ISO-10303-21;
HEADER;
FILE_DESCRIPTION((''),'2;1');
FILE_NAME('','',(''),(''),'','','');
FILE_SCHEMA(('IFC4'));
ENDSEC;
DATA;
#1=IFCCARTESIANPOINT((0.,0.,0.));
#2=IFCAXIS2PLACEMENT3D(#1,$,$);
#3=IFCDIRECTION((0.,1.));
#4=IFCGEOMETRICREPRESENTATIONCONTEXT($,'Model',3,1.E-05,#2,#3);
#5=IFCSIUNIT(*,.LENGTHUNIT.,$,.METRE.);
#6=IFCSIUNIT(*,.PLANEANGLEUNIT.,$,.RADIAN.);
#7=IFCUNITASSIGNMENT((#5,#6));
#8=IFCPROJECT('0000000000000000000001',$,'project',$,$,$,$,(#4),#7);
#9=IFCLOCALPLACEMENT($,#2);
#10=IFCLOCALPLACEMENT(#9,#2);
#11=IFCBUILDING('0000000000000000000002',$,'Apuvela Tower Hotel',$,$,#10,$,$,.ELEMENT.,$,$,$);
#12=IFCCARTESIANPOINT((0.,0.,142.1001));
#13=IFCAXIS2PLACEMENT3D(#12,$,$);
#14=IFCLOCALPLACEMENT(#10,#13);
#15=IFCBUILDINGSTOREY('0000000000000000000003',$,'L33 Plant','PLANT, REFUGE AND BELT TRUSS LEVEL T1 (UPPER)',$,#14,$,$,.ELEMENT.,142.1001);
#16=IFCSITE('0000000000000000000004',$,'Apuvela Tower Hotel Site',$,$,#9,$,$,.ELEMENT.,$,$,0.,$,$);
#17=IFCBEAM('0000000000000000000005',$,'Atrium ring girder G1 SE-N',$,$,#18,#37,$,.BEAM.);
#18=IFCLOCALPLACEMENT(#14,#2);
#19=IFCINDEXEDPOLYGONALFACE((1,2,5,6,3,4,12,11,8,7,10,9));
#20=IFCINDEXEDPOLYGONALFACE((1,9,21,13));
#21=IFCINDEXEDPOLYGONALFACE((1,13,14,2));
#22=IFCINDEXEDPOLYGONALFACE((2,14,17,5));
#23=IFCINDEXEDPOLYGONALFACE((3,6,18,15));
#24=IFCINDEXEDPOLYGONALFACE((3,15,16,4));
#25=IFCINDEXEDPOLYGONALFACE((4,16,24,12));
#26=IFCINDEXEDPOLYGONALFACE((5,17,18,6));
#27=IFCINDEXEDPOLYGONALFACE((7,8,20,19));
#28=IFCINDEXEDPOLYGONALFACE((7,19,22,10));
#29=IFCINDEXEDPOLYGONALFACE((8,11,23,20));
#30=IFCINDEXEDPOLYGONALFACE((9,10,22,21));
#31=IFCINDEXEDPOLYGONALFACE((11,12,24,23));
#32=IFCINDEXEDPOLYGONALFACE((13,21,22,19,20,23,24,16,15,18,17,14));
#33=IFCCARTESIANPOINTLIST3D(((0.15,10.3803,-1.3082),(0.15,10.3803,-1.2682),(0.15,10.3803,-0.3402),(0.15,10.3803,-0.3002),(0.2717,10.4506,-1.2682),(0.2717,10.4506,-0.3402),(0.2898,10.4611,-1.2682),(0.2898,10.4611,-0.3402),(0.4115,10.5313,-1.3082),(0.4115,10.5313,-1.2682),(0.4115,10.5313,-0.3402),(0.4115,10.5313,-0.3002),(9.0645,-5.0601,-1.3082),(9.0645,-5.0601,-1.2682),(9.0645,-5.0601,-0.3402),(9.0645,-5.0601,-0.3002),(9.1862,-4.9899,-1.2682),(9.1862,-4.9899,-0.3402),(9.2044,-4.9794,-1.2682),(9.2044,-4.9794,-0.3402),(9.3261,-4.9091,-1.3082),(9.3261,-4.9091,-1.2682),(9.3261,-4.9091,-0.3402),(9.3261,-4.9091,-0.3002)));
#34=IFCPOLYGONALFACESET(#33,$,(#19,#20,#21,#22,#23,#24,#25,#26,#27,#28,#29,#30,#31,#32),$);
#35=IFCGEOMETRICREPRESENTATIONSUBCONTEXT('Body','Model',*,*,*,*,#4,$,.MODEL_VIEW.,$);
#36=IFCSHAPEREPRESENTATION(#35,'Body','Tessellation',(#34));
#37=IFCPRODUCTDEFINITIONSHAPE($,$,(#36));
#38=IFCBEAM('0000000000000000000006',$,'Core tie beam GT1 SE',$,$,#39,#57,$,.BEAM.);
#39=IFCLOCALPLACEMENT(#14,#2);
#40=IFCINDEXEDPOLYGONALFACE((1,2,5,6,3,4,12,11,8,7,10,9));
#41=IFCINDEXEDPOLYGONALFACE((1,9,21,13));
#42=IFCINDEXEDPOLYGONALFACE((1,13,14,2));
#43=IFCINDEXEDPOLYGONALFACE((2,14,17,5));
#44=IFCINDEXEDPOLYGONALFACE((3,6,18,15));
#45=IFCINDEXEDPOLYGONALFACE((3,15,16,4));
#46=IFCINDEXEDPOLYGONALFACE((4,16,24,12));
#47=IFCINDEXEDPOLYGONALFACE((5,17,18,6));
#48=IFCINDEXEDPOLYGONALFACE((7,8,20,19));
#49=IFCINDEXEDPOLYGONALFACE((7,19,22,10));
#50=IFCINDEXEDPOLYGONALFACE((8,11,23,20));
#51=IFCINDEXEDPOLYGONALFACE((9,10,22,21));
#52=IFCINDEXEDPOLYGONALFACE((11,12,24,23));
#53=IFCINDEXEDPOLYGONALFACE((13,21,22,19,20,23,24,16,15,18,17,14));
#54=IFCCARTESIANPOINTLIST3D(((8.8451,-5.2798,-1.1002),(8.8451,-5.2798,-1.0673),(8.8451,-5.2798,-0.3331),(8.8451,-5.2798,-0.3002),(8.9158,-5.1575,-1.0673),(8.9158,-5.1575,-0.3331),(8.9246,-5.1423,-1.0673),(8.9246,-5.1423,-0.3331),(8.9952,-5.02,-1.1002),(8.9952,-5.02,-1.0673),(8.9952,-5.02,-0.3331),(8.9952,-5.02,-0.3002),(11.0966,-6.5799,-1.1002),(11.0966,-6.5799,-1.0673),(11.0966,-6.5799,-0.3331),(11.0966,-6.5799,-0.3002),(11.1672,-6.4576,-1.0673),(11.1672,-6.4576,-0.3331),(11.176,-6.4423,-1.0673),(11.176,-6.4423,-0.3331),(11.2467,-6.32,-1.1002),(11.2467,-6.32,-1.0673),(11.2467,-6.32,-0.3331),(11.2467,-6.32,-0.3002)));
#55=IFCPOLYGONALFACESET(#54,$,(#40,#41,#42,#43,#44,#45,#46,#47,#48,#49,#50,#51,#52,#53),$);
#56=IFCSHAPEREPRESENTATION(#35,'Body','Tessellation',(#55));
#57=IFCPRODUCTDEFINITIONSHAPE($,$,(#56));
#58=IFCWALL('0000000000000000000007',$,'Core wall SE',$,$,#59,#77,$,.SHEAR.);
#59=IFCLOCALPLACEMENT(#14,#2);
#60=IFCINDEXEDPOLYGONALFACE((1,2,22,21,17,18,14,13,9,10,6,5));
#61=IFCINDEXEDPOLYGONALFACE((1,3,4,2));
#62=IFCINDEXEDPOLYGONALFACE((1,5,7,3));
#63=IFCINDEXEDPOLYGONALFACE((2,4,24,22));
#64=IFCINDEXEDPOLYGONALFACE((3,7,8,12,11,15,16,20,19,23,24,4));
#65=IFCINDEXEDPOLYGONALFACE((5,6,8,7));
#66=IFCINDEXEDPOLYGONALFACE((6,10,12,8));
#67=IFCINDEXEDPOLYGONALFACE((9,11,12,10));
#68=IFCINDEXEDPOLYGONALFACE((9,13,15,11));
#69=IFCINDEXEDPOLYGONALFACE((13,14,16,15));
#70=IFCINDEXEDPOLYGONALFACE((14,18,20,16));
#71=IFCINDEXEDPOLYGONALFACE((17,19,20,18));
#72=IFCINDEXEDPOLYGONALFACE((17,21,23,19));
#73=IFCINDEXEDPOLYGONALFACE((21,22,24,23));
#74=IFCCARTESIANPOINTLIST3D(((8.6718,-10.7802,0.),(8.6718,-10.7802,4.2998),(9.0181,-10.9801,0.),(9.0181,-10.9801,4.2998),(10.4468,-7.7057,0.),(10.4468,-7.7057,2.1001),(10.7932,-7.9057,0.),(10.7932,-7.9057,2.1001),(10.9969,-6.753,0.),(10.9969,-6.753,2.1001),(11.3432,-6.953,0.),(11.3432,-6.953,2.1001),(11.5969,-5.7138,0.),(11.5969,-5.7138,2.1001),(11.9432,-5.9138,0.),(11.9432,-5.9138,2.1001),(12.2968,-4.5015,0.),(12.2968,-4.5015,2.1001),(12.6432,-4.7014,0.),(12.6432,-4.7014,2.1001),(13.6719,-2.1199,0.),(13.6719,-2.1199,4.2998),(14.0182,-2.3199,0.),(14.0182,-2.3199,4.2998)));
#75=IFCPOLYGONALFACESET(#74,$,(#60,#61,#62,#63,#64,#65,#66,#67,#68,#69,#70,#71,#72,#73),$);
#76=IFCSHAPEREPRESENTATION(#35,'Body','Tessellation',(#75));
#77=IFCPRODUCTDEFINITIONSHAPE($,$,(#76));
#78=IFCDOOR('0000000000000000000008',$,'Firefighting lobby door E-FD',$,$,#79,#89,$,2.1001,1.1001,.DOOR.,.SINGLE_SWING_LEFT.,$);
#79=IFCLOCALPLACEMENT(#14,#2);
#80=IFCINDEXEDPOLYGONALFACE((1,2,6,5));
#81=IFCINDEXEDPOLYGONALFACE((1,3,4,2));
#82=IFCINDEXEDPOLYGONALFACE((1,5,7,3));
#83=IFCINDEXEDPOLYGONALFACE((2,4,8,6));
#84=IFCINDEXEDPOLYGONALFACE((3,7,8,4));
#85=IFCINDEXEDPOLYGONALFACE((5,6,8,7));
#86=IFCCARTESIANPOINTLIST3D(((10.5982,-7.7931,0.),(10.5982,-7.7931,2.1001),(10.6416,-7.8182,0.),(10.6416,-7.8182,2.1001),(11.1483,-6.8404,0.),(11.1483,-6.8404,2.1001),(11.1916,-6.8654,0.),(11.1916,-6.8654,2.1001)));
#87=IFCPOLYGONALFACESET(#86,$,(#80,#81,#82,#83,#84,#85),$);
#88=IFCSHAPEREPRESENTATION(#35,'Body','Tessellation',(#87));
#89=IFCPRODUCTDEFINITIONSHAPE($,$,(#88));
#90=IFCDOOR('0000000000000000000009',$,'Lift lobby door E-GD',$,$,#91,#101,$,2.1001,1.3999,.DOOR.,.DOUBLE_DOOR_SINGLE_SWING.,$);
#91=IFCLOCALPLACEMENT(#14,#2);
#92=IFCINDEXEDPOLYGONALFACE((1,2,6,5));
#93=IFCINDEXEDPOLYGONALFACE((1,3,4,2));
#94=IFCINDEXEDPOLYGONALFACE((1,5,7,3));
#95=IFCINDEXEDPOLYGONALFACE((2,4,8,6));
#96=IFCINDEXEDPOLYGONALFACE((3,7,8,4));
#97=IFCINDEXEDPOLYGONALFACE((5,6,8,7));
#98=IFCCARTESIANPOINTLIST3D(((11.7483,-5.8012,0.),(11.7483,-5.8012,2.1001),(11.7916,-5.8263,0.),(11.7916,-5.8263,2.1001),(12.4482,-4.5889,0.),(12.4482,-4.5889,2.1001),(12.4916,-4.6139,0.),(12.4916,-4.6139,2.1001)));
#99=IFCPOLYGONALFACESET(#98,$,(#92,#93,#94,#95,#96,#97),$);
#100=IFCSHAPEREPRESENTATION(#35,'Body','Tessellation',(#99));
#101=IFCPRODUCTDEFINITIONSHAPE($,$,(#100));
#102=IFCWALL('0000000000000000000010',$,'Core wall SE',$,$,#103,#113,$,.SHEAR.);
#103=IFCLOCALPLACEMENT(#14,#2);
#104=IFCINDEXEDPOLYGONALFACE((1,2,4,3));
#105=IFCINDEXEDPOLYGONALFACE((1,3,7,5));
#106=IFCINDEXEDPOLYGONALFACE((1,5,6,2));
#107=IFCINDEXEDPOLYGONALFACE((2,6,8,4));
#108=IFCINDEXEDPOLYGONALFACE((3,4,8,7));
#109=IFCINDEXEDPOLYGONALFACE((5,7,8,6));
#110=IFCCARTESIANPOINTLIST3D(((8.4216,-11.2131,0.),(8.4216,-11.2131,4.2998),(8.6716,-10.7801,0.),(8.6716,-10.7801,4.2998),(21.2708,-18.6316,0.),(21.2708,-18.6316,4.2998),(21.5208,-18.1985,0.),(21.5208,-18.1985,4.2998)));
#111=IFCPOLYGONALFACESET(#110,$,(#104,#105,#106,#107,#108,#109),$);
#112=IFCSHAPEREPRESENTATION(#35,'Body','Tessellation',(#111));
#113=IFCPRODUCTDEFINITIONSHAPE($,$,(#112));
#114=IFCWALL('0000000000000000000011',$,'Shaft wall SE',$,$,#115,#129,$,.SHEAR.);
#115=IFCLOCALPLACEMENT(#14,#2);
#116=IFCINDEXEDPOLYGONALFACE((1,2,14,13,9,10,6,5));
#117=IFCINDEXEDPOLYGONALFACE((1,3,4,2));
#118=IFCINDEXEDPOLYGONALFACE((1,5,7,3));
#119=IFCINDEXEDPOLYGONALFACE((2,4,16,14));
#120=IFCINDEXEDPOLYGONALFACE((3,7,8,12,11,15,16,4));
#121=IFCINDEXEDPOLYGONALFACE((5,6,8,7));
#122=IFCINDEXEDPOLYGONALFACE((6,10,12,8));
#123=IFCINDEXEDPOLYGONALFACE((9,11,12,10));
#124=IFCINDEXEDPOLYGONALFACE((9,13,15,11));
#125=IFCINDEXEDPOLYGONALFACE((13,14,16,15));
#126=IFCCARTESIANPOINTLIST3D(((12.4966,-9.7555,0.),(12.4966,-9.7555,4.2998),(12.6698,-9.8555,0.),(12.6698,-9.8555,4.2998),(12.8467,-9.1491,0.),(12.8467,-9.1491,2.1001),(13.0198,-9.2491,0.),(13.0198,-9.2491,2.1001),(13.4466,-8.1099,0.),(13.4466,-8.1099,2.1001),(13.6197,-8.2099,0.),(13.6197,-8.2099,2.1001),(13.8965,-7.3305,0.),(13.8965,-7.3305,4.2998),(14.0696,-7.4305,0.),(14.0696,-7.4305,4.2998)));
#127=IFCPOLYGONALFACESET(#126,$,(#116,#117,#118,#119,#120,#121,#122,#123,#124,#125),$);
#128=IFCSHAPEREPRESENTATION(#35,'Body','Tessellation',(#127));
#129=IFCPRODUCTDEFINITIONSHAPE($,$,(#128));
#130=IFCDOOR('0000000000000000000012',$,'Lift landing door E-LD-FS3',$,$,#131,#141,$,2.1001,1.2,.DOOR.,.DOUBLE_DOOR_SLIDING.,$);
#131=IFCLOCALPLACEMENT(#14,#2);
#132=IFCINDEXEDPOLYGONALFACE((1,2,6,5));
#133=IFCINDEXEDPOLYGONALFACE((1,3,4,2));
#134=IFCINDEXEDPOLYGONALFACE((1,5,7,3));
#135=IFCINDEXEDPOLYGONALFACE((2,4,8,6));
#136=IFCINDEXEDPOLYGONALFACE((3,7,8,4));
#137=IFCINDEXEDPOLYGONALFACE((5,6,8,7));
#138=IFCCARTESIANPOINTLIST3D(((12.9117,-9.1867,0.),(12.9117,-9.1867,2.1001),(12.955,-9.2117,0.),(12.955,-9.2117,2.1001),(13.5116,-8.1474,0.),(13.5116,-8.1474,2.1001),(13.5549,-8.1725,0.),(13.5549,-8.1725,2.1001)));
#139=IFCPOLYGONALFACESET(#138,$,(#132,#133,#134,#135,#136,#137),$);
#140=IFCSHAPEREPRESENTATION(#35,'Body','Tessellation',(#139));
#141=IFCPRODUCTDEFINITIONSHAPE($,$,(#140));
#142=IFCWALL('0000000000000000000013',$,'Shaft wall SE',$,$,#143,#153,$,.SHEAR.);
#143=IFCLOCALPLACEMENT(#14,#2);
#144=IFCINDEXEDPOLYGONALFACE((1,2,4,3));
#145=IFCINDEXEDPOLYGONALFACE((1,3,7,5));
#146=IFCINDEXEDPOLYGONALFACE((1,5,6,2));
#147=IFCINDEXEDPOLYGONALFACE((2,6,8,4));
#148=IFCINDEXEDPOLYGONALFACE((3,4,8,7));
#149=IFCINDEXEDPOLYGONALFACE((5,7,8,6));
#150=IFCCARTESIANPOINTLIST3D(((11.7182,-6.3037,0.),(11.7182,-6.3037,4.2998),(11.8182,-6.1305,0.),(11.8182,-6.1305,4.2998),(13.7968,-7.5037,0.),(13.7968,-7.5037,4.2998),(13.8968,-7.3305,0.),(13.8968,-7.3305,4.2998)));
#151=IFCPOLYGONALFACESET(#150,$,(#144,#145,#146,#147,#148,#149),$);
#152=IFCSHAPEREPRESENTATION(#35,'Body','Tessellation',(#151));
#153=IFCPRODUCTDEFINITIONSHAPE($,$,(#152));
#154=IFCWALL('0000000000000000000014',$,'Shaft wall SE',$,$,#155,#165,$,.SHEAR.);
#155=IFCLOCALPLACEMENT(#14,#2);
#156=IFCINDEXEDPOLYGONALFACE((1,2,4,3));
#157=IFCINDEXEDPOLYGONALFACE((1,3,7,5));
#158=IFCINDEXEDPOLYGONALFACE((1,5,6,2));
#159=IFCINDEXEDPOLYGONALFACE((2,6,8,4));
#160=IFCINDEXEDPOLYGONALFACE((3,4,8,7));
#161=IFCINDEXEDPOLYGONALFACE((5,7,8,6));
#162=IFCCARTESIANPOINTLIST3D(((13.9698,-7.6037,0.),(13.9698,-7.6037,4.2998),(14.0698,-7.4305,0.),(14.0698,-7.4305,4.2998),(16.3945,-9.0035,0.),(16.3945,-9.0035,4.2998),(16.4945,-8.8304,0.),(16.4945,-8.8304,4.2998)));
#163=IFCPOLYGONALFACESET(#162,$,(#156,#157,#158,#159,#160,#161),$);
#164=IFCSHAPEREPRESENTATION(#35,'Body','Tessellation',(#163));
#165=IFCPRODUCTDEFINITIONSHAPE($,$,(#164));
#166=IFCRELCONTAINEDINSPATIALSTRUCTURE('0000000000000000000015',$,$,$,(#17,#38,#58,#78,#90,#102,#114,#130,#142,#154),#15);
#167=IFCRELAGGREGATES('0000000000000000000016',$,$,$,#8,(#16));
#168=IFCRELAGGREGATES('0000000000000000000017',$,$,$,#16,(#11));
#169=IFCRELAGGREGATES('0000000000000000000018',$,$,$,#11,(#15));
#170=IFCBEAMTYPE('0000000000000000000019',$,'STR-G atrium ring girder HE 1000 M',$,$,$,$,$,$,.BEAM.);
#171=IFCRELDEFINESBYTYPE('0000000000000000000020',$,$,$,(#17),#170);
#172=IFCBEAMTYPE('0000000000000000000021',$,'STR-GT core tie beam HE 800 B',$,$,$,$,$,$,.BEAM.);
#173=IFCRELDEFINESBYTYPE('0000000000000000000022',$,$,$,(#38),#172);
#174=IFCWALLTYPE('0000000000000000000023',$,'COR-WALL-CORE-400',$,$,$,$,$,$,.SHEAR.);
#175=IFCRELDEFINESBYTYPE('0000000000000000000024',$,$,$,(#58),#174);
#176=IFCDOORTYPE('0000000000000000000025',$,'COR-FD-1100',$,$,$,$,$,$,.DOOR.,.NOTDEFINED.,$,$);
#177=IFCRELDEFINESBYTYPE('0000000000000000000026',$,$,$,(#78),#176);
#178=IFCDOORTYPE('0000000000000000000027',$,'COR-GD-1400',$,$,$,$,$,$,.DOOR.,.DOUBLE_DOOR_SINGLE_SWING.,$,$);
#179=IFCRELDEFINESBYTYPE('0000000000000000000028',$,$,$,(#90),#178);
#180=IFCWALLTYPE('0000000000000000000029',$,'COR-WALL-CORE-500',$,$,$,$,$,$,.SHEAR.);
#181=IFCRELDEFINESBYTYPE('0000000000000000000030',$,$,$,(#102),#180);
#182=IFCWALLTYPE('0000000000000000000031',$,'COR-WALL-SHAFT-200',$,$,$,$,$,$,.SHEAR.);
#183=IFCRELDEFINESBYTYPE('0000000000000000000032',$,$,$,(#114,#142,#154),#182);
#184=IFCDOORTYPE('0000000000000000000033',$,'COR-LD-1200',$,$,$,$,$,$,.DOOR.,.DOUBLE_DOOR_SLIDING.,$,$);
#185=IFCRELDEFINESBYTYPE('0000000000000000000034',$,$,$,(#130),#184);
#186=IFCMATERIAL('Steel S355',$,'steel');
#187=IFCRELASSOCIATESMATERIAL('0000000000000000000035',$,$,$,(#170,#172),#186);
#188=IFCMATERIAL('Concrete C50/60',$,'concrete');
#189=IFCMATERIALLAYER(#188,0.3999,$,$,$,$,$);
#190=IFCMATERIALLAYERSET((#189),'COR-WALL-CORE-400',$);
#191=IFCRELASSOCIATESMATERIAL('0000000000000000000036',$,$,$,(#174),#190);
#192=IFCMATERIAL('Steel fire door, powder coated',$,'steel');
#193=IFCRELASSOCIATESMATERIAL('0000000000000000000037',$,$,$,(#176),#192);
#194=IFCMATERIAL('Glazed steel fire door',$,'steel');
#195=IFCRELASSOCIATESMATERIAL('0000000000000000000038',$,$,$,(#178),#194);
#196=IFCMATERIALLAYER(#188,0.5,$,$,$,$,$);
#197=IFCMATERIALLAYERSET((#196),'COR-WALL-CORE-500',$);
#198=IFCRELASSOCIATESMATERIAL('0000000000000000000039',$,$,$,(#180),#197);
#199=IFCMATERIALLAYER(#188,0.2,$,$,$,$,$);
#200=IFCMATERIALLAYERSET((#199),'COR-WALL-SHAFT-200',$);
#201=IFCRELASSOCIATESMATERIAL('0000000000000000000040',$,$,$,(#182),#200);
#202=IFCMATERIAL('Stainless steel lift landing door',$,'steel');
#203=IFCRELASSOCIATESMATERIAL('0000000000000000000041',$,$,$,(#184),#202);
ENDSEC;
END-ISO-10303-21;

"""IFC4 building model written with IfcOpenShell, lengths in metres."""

from ifc_helpers import new_model, si_unit, direction, frame, frame_2d, origin, origin_2d, place, context, subcontext, project, spatial, rectangle, i_section, extrude, material, layer, layer_set, material_profile, profile_set, type_object, element, fill, save


model = new_model("IFC4")

# Units and contexts
model_context = context("Model", 3, precision=1e-05, world=origin(), true_north=direction((0.0, 1.0)))
body_context = subcontext(model_context, "Body", "Model", "MODEL_VIEW")
ifc_project = project(units=[si_unit("LENGTHUNIT", "METRE"), si_unit("PLANEANGLEUNIT", "RADIAN")], contexts=[model_context])

# Site, building, storey
site_placement = place(None, origin())
site = spatial("IfcSite", under=ifc_project, at=site_placement, Name="Apuvela Tower Hotel Site", CompositionType="ELEMENT", RefElevation=0.0)
building_placement = place(site_placement, origin())
building = spatial("IfcBuilding", under=site, at=building_placement, Name="Apuvela Tower Hotel", CompositionType="ELEMENT")
storey_placement = place(building_placement, frame((0.0, 0.0, 142.1001)))
storey = spatial("IfcBuildingStorey", under=building, at=storey_placement, Name="L33 Plant", Description="PLANT, REFUGE AND BELT TRUSS LEVEL T1 (UPPER)", CompositionType="ELEMENT", Elevation=142.1001)

# Beams
ifc_material_1 = material(Name="Steel S355", Category="steel")
ifc_material_profile_1 = material_profile(ifc_material_1, i_section(OverallWidth=0.302, OverallDepth=1.0081, WebThickness=0.021, FlangeThickness=0.04, at=origin_2d()), Name="HE 1000 M")
ifc_profile_set_1 = profile_set([ifc_material_profile_1], Name="Steel S355")
beam_type_1 = type_object("IfcBeamType", Name="STR-G atrium ring girder HE 1000 M", PredefinedType="BEAM", material=ifc_profile_set_1)
beam_1_placement = place(storey_placement, frame((9.1953, -4.9846, -0.8042), z_axis=(-0.500001, 0.866025, 0.0), x_axis=(-0.866025, -0.500001, 0.0)))
element("IfcBeam", 1, at=beam_1_placement, inside=storey, type_object=beam_type_1, Name="Atrium ring girder G1 SE-N", PredefinedType="BEAM", context=body_context, shape_type="SweptSolid", body=[
    extrude(i_section(OverallWidth=0.302, OverallDepth=1.0081, WebThickness=0.021, FlangeThickness=0.04, at=origin_2d()), origin(), (0.0, 0.0, 1.0), 17.8291),
])
ifc_material_profile_2 = material_profile(ifc_material_1, i_section(OverallWidth=0.3, OverallDepth=0.8, WebThickness=0.0176, FlangeThickness=0.033, at=origin_2d()), Name="HE 800 B")
ifc_profile_set_2 = profile_set([ifc_material_profile_2], Name="Steel S355")
beam_type_2 = type_object("IfcBeamType", Name="STR-GT core tie beam HE 800 B", PredefinedType="BEAM", material=ifc_profile_set_2)
beam_2_placement = place(storey_placement, frame((11.1716, -6.45, -0.7002), z_axis=(-0.865998, 0.500048, 0.0), x_axis=(-0.500048, -0.865998, 0.0)))
element("IfcBeam", 2, at=beam_2_placement, inside=storey, type_object=beam_type_2, Name="Core tie beam GT1 SE", PredefinedType="BEAM", context=body_context, shape_type="SweptSolid", body=[
    extrude(i_section(OverallWidth=0.3, OverallDepth=0.8, WebThickness=0.0176, FlangeThickness=0.033, at=origin_2d()), origin(), (0.0, 0.0, 1.0), 2.5999),
])

# Wall, openings, doors
ifc_material_2 = material(Name="Concrete C50/60", Category="concrete")
ifc_layer_1 = layer(ifc_material_2, 0.3999)
ifc_layer_set_1 = layer_set([ifc_layer_1], Name="COR-WALL-CORE-400")
wall_type_1 = type_object("IfcWallType", Name="COR-WALL-CORE-400", PredefinedType="SHEAR", material=ifc_layer_set_1)
wall_1_placement = place(storey_placement, frame((8.845, -10.8801, 0.0), z_axis=(0.0, 0.0, 1.0), x_axis=(0.500004, 0.866023, 0.0)))
wall_1 = element("IfcWall", 3, at=wall_1_placement, inside=storey, type_object=wall_type_1, Name="Core wall SE", PredefinedType="SHEAR", context=body_context, shape_type="SweptSolid", body=[
    extrude(rectangle(XDim=10.0, YDim=0.3999, at=frame_2d((5.0, 0.0))), origin(), (0.0, 0.0, 1.0), 4.2998),
])
opening_1_placement = place(wall_1_placement, frame((3.55, 0.0, 0.0)))
opening_1 = element("IfcOpeningElement", 4, at=opening_1_placement, cuts=wall_1, PredefinedType="OPENING", context=body_context, shape_type="SweptSolid", body=[
    extrude(rectangle(XDim=1.1001, YDim=2.1001, at=frame_2d((0.55, 1.05))), frame((0.0, 0.21, 0.0), z_axis=(0.0, -1.0, 0.0), x_axis=(1.0, 0.0, 0.0)), (0.0, 0.0, 1.0), 0.4199),
])
opening_2_placement = place(wall_1_placement, frame((5.8501, 0.0, 0.0)))
opening_2 = element("IfcOpeningElement", 5, at=opening_2_placement, cuts=wall_1, PredefinedType="OPENING", context=body_context, shape_type="SweptSolid", body=[
    extrude(rectangle(XDim=1.3999, YDim=2.1001, at=frame_2d((0.7, 1.05))), frame((0.0, 0.21, 0.0), z_axis=(0.0, -1.0, 0.0), x_axis=(1.0, 0.0, 0.0)), (0.0, 0.0, 1.0), 0.4199),
])
ifc_material_3 = material(Name="Steel fire door, powder coated", Category="steel")
door_type_1 = type_object("IfcDoorType", Name="COR-FD-1100", OperationType="NOTDEFINED", PredefinedType="DOOR", material=ifc_material_3)
door_1_placement = place(opening_1_placement, frame((1.1001, 0.0, 0.0), z_axis=(0.0, 0.0, 1.0), x_axis=(-1.0, 0.0, 0.0)))
door_1 = element("IfcDoor", 6, at=door_1_placement, inside=storey, type_object=door_type_1, Name="Firefighting lobby door E-FD", OperationType="SINGLE_SWING_LEFT", OverallHeight=2.1001, OverallWidth=1.1001, PredefinedType="DOOR", context=body_context, shape_type="SweptSolid", body=[
    extrude(rectangle(XDim=1.1001, YDim=2.1001, at=frame_2d((0.55, 1.05))), frame((0.0, 0.0249, 0.0), z_axis=(0.0, -1.0, 0.0), x_axis=(1.0, 0.0, 0.0)), (0.0, 0.0, 1.0), 0.05),
])
fill(opening_1, door_1)
ifc_material_4 = material(Name="Glazed steel fire door", Category="steel")
door_type_2 = type_object("IfcDoorType", Name="COR-GD-1400", OperationType="DOUBLE_DOOR_SINGLE_SWING", PredefinedType="DOOR", material=ifc_material_4)
door_2_placement = place(opening_2_placement, frame((1.3999, 0.0, 0.0), z_axis=(0.0, 0.0, 1.0), x_axis=(-1.0, 0.0, 0.0)))
door_2 = element("IfcDoor", 7, at=door_2_placement, inside=storey, type_object=door_type_2, Name="Lift lobby door E-GD", OperationType="DOUBLE_DOOR_SINGLE_SWING", OverallHeight=2.1001, OverallWidth=1.3999, PredefinedType="DOOR", context=body_context, shape_type="SweptSolid", body=[
    extrude(rectangle(XDim=1.3999, YDim=2.1001, at=frame_2d((0.7, 1.05))), frame((0.0, 0.0249, 0.0), z_axis=(0.0, -1.0, 0.0), x_axis=(1.0, 0.0, 0.0)), (0.0, 0.0, 1.0), 0.05),
])
fill(opening_2, door_2)

# Wall
ifc_layer_2 = layer(ifc_material_2, 0.5)
ifc_layer_set_2 = layer_set([ifc_layer_2], Name="COR-WALL-CORE-500")
wall_type_2 = type_object("IfcWallType", Name="COR-WALL-CORE-500", PredefinedType="SHEAR", material=ifc_layer_set_2)
wall_2_placement = place(storey_placement, frame((8.5466, -10.9966, 0.0), z_axis=(0.0, 0.0, 1.0), x_axis=(0.866025, -0.500001, 0.0)))
element("IfcWall", 8, at=wall_2_placement, inside=storey, type_object=wall_type_2, Name="Core wall SE", PredefinedType="SHEAR", context=body_context, shape_type="SweptSolid", body=[
    extrude(rectangle(XDim=14.8369, YDim=0.5, at=frame_2d((7.4185, 0.0))), origin(), (0.0, 0.0, 1.0), 4.2998),
])

# Wall, opening, door
ifc_layer_3 = layer(ifc_material_2, 0.2)
ifc_layer_set_3 = layer_set([ifc_layer_3], Name="COR-WALL-SHAFT-200")
wall_type_3 = type_object("IfcWallType", Name="COR-WALL-SHAFT-200", PredefinedType="SHEAR", material=ifc_layer_set_3)
wall_3_placement = place(storey_placement, frame((12.5833, -9.8054, 0.0), z_axis=(0.0, 0.0, 1.0), x_axis=(0.499946, 0.866056, 0.0)))
wall_3 = element("IfcWall", 9, at=wall_3_placement, inside=storey, type_object=wall_type_3, Name="Shaft wall SE", PredefinedType="SHEAR", context=body_context, shape_type="SweptSolid", body=[
    extrude(rectangle(XDim=2.8, YDim=0.2, at=frame_2d((1.3999, 0.0))), origin(), (0.0, 0.0, 1.0), 4.2998),
])
opening_3_placement = place(wall_3_placement, frame((0.7, 0.0, 0.0)))
opening_3 = element("IfcOpeningElement", 10, at=opening_3_placement, cuts=wall_3, PredefinedType="OPENING", context=body_context, shape_type="SweptSolid", body=[
    extrude(rectangle(XDim=1.2, YDim=2.1001, at=frame_2d((0.6001, 1.05))), frame((0.0, 0.1099, 0.0), z_axis=(0.0, -1.0, 0.0), x_axis=(1.0, 0.0, 0.0)), (0.0, 0.0, 1.0), 0.22),
])
ifc_material_5 = material(Name="Stainless steel lift landing door", Category="steel")
door_type_3 = type_object("IfcDoorType", Name="COR-LD-1200", OperationType="DOUBLE_DOOR_SLIDING", PredefinedType="DOOR", material=ifc_material_5)
door_3_placement = place(opening_3_placement, origin())
door_3 = element("IfcDoor", 11, at=door_3_placement, inside=storey, type_object=door_type_3, Name="Lift landing door E-LD-FS3", OperationType="DOUBLE_DOOR_SLIDING", OverallHeight=2.1001, OverallWidth=1.2, PredefinedType="DOOR", context=body_context, shape_type="SweptSolid", body=[
    extrude(rectangle(XDim=1.2, YDim=2.1001, at=frame_2d((0.6001, 1.05))), frame((0.0, 0.0249, 0.0), z_axis=(0.0, -1.0, 0.0), x_axis=(1.0, 0.0, 0.0)), (0.0, 0.0, 1.0), 0.05),
])
fill(opening_3, door_3)

# Walls
wall_4_placement = place(storey_placement, frame((11.7681, -6.217, 0.0), z_axis=(0.0, 0.0, 1.0), x_axis=(0.86605, -0.499957, 0.0)))
element("IfcWall", 12, at=wall_4_placement, inside=storey, type_object=wall_type_3, Name="Shaft wall SE", PredefinedType="SHEAR", context=body_context, shape_type="SweptSolid", body=[
    extrude(rectangle(XDim=2.4001, YDim=0.2, at=frame_2d((1.2002, 0.0))), origin(), (0.0, 0.0, 1.0), 4.2998),
])
wall_5_placement = place(storey_placement, frame((14.0198, -7.5171, 0.0), z_axis=(0.0, 0.0, 1.0), x_axis=(0.866035, -0.499984, 0.0)))
element("IfcWall", 13, at=wall_5_placement, inside=storey, type_object=wall_type_3, Name="Shaft wall SE", PredefinedType="SHEAR", context=body_context, shape_type="SweptSolid", body=[
    extrude(rectangle(XDim=2.7998, YDim=0.2, at=frame_2d((1.3999, 0.0))), origin(), (0.0, 0.0, 1.0), 4.2998),
])

save(model, "model.ifc")
